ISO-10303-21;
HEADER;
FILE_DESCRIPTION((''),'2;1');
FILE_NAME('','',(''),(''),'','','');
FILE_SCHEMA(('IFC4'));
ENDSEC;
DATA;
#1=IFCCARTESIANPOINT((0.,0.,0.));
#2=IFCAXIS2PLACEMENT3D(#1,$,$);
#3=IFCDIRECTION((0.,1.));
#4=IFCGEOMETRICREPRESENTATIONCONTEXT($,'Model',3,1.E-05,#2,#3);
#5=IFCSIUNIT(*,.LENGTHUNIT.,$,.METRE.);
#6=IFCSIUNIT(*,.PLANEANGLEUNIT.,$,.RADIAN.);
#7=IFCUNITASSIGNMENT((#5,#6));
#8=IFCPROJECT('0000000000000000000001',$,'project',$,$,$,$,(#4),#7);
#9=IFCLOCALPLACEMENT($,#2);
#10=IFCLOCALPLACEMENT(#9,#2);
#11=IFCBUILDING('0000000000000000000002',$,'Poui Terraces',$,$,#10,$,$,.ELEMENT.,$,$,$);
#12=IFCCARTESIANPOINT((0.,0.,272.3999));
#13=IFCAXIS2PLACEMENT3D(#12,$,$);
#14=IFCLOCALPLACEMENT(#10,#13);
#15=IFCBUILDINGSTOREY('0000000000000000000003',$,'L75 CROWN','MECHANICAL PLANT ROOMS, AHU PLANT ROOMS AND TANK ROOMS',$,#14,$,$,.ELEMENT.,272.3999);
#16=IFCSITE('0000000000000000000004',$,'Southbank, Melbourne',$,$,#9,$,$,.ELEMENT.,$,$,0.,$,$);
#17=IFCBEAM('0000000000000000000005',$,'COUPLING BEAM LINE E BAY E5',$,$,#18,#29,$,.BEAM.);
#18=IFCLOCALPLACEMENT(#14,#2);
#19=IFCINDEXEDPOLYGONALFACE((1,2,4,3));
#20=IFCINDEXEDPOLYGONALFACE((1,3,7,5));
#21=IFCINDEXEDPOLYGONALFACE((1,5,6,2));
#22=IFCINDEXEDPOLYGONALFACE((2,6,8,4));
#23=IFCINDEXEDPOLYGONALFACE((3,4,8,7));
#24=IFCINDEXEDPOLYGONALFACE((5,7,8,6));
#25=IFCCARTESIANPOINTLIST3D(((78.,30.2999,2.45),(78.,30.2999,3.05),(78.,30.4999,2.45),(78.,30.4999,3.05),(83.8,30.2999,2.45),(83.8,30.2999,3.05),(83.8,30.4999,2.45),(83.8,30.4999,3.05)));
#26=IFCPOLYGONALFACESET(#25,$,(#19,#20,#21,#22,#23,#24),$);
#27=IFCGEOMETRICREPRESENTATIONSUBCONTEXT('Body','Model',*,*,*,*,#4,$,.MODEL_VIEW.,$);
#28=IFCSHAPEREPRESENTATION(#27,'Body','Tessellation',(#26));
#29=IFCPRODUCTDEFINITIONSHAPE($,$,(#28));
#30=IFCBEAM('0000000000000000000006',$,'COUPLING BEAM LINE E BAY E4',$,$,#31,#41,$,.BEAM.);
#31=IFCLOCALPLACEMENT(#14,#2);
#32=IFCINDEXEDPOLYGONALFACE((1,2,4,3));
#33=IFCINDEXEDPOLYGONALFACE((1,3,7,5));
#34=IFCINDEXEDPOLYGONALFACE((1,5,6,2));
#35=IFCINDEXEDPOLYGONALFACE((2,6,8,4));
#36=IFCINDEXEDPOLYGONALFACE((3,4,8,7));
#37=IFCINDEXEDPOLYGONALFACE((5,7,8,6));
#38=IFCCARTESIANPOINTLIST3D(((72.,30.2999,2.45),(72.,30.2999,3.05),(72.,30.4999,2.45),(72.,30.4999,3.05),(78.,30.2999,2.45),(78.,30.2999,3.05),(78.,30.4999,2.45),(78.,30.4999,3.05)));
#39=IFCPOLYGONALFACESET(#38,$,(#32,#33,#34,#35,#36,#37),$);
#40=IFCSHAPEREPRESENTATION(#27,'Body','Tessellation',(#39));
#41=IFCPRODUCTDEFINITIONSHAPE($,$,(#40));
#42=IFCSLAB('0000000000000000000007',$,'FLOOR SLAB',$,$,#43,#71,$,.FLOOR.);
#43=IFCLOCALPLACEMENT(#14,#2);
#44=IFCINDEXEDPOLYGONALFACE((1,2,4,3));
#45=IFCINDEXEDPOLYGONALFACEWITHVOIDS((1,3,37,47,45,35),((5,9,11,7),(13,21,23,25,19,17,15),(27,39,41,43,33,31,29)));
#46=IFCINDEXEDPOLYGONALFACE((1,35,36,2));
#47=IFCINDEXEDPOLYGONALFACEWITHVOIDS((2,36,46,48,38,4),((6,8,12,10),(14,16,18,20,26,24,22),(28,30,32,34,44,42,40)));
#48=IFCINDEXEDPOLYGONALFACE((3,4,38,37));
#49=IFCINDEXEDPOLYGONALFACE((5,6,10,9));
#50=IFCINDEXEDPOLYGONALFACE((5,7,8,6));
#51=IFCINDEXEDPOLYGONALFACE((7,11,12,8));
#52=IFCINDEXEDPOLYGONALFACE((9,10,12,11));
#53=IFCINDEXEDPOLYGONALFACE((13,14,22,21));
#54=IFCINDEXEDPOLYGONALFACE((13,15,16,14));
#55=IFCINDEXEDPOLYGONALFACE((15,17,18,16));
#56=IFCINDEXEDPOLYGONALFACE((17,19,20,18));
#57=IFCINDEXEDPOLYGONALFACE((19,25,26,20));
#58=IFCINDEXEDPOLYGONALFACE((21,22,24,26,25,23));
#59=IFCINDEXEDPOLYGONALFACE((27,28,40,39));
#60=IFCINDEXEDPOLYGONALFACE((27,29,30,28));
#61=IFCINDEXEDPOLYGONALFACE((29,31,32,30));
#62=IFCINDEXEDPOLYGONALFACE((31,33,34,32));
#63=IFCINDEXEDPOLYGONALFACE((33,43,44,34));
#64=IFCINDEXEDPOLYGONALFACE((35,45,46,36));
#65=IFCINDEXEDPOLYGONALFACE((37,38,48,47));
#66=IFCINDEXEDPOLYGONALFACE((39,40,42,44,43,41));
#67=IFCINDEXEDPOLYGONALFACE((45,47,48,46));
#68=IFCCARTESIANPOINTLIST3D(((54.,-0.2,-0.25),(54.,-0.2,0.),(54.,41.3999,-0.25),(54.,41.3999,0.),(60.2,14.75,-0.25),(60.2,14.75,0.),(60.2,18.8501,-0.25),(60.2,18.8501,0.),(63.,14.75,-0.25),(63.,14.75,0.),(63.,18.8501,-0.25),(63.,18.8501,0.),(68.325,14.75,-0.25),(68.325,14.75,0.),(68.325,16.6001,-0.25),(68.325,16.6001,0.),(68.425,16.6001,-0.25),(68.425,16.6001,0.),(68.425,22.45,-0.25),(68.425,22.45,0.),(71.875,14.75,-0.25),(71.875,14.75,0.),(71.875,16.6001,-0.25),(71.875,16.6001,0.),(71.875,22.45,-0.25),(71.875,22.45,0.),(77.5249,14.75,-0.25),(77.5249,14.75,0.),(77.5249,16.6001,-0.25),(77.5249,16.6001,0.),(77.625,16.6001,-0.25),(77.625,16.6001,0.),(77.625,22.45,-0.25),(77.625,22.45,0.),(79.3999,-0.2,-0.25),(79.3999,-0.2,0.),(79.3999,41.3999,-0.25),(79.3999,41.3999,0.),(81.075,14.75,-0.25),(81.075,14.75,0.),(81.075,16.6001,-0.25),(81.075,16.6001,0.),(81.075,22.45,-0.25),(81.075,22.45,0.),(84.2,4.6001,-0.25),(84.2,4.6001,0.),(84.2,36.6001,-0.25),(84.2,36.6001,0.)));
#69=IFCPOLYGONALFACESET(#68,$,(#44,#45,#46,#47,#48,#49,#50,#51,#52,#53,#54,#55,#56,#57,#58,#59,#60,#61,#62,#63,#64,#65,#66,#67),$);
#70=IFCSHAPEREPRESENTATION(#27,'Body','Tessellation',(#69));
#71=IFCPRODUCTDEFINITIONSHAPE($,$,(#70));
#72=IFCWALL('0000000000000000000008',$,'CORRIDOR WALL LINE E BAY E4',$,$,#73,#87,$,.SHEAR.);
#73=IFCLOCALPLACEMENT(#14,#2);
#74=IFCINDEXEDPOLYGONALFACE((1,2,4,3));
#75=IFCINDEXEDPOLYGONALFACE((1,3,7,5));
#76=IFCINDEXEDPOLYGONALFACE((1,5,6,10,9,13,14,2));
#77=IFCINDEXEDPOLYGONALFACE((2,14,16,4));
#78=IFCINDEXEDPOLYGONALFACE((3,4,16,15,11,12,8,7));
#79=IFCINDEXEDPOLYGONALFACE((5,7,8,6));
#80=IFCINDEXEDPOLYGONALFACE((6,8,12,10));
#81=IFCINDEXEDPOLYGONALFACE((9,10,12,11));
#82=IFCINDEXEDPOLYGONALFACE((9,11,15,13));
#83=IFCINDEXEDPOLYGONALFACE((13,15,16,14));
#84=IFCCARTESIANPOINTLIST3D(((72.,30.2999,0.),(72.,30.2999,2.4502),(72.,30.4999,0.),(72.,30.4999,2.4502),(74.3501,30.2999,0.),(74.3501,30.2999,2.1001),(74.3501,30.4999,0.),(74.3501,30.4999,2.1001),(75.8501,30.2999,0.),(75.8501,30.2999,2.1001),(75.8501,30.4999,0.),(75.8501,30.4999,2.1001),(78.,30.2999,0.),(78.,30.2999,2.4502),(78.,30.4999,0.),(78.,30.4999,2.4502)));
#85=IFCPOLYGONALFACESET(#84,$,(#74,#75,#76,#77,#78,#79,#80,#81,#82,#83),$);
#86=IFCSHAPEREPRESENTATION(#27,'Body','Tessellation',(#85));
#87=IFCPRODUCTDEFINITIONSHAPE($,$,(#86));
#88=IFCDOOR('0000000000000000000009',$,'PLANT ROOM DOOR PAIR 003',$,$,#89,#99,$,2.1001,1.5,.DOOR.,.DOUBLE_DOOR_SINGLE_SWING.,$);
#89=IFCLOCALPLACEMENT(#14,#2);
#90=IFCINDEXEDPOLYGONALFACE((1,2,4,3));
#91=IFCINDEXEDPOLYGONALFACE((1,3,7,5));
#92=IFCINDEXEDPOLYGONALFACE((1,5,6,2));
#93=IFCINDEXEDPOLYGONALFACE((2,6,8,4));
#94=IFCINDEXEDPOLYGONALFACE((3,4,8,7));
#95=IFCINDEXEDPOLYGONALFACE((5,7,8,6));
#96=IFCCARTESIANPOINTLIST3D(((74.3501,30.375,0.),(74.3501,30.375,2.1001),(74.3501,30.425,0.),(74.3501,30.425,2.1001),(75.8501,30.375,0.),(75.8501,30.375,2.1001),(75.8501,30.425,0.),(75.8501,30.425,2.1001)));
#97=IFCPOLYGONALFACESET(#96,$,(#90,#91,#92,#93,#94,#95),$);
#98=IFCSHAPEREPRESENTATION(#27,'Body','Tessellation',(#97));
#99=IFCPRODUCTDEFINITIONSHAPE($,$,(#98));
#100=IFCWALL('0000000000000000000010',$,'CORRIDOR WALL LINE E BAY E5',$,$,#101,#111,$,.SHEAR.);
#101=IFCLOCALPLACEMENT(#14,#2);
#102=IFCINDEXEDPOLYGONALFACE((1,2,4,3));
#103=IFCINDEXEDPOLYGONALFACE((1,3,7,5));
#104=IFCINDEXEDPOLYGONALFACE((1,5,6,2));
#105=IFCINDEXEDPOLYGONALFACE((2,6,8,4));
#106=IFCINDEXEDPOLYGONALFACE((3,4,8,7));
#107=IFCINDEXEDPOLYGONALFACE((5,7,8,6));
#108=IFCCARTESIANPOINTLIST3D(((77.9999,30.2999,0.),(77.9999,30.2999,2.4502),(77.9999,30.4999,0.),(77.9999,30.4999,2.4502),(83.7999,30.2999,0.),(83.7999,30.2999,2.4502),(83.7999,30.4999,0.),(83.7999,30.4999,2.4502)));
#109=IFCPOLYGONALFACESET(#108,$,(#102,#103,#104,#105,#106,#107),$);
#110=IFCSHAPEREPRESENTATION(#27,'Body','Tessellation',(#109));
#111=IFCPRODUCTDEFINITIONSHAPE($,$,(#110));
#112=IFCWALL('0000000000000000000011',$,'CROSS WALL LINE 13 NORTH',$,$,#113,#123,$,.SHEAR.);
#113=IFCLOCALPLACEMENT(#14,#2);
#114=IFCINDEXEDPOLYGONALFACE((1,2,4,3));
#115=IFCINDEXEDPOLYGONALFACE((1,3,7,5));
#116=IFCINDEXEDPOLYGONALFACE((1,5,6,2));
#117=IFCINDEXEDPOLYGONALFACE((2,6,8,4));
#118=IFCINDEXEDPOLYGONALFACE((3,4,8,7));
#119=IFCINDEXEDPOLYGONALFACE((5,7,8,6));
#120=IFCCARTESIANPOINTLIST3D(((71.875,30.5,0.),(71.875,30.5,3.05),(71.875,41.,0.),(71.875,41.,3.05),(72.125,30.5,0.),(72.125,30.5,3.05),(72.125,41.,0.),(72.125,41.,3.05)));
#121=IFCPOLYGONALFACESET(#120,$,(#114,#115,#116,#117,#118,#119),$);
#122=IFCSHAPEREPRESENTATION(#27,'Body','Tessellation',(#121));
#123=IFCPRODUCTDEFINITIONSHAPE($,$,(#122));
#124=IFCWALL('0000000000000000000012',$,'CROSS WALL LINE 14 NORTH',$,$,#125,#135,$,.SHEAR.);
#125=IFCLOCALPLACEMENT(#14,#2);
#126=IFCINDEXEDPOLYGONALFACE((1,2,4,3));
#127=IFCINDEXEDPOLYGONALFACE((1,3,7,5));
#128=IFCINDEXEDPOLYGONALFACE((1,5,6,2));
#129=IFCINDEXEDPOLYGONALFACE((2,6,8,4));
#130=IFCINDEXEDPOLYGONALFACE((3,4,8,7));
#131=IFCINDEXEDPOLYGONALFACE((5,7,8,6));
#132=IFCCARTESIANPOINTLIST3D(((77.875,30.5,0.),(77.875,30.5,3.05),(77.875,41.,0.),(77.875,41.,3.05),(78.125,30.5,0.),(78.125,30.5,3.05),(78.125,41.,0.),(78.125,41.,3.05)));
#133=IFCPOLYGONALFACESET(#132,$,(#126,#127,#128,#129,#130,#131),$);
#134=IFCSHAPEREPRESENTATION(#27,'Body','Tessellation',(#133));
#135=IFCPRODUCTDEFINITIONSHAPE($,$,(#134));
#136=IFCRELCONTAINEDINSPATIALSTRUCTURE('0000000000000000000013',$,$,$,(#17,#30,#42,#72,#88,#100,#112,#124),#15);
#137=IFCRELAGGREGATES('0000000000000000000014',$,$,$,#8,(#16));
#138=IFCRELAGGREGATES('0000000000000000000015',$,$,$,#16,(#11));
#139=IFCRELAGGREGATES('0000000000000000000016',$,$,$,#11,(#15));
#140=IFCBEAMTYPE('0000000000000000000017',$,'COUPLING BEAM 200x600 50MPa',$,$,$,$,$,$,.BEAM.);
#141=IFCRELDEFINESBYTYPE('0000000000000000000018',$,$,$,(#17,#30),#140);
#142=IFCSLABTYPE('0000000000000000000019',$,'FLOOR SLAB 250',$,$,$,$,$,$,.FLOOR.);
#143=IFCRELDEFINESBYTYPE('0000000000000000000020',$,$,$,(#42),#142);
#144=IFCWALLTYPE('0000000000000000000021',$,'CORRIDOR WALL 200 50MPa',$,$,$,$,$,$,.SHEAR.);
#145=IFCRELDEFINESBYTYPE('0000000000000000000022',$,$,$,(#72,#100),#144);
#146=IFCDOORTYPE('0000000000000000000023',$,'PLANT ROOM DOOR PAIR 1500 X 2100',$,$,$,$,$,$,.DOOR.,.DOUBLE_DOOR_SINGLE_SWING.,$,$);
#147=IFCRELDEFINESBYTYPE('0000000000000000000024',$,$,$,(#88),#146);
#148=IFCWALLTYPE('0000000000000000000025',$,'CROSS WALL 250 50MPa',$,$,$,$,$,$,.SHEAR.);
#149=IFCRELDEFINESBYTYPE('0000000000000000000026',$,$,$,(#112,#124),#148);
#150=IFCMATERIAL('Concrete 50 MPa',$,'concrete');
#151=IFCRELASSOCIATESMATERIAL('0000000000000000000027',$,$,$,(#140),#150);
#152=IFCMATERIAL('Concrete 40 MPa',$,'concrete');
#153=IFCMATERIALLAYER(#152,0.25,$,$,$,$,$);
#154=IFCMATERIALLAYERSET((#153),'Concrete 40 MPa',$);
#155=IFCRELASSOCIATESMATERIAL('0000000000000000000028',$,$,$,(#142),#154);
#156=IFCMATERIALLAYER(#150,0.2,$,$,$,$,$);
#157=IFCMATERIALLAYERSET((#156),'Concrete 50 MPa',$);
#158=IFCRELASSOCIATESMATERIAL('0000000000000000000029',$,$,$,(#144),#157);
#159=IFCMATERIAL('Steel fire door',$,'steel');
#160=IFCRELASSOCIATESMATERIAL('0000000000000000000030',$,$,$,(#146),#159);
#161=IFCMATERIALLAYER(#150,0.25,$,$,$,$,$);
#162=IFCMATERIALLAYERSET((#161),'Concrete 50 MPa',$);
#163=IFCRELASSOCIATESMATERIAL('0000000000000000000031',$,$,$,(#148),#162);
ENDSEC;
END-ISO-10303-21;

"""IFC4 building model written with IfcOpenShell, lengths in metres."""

from ifc_helpers import new_model, si_unit, direction, frame, frame_2d, origin, origin_2d, place, context, subcontext, project, spatial, polyline, rectangle, outline, extrude, source, transform, mapped, material, layer, layer_set, material_profile, profile_set, type_object, element, fill, save


model = new_model("IFC4")

# Units and contexts
model_context = context("Model", 3, precision=1e-05, world=origin(), true_north=direction((0.0, 1.0)))
body_context = subcontext(model_context, "Body", "Model", "MODEL_VIEW")
ifc_project = project(units=[si_unit("LENGTHUNIT", "METRE"), si_unit("PLANEANGLEUNIT", "RADIAN")], contexts=[model_context])

# Site, building, storey
site_placement = place(None, origin())
site = spatial("IfcSite", under=ifc_project, at=site_placement, Name="Southbank, Melbourne", CompositionType="ELEMENT", RefElevation=0.0)
building_placement = place(site_placement, origin())
building = spatial("IfcBuilding", under=site, at=building_placement, Name="Poui Terraces", CompositionType="ELEMENT")
storey_placement = place(building_placement, frame((0.0, 0.0, 272.3999)))
storey = spatial("IfcBuildingStorey", under=building, at=storey_placement, Name="L75 CROWN", Description="MECHANICAL PLANT ROOMS, AHU PLANT ROOMS AND TANK ROOMS", CompositionType="ELEMENT", Elevation=272.3999)

# Beams
ifc_material_1 = material(Name="Concrete 50 MPa", Category="concrete")
ifc_material_profile_1 = material_profile(ifc_material_1, rectangle(XDim=0.2, YDim=0.6001, at=origin_2d()), Name="RC 200x600")
ifc_profile_set_1 = profile_set([ifc_material_profile_1], Name="Concrete 50 MPa")
beam_type = type_object("IfcBeamType", Name="COUPLING BEAM 200x600 50MPa", PredefinedType="BEAM", material=ifc_profile_set_1)
shared_shape_1 = source(origin(), body_context, "Body", "SweptSolid", [
    extrude(rectangle(XDim=0.2, YDim=0.6001, at=origin_2d()), origin(), (0.0, 0.0, 1.0), 5.8),
])
beam_1_placement = place(storey_placement, frame((78.0, 30.3999, 2.75), z_axis=(1.0, 0.0, 0.0), x_axis=(0.0, 1.0, 0.0)))
element("IfcBeam", 1, at=beam_1_placement, inside=storey, type_object=beam_type, Name="COUPLING BEAM LINE E BAY E5", PredefinedType="BEAM", context=body_context, shape_type="MappedRepresentation", body=[
    mapped(shared_shape_1, transform((0.0, 0.0, 0.0))),
])
shared_shape_2 = source(origin(), body_context, "Body", "SweptSolid", [
    extrude(rectangle(XDim=0.2, YDim=0.6001, at=origin_2d()), origin(), (0.0, 0.0, 1.0), 6.0),
])
beam_2_placement = place(storey_placement, frame((72.0, 30.3999, 2.75), z_axis=(1.0, 0.0, 0.0), x_axis=(0.0, 1.0, 0.0)))
element("IfcBeam", 2, at=beam_2_placement, inside=storey, type_object=beam_type, Name="COUPLING BEAM LINE E BAY E4", PredefinedType="BEAM", context=body_context, shape_type="MappedRepresentation", body=[
    mapped(shared_shape_2, transform((0.0, 0.0, 0.0))),
])

# Slab
ifc_material_2 = material(Name="Concrete 40 MPa", Category="concrete")
ifc_layer_1 = layer(ifc_material_2, 0.25)
ifc_layer_set_1 = layer_set([ifc_layer_1], Name="Concrete 40 MPa")
slab_type = type_object("IfcSlabType", Name="FLOOR SLAB 250", PredefinedType="FLOOR", material=ifc_layer_set_1)
shared_shape_3 = source(origin(), body_context, "Body", "SweptSolid", [
    extrude(outline(polyline([(0.0, 0.0), (-4.8, 4.7998), (-30.2, 4.7998), (-30.2, -36.8), (-4.8, -36.8), (0.0, -32.0), (0.0, 0.0)]), holes=[polyline([(-21.2, -21.8501), (-24.0, -21.8501), (-24.0, -17.75), (-21.2, -17.75), (-21.2, -21.8501)]), polyline([(-15.7749, -20.0), (-15.7749, -14.1501), (-12.325, -14.1501), (-12.325, -20.0), (-12.325, -21.8501), (-15.875, -21.8501), (-15.875, -20.0), (-15.7749, -20.0)]), polyline([(-6.575, -20.0), (-6.575, -14.1501), (-3.125, -14.1501), (-3.125, -20.0), (-3.125, -21.8501), (-6.675, -21.8501), (-6.675, -20.0), (-6.575, -20.0)])]), origin(), (0.0, 0.0, 1.0), 0.25),
])
slab_placement = place(storey_placement, frame((84.2, 36.6001, -0.25)))
element("IfcSlab", 3, at=slab_placement, inside=storey, type_object=slab_type, Name="FLOOR SLAB", PredefinedType="FLOOR", context=body_context, shape_type="MappedRepresentation", body=[
    mapped(shared_shape_3, transform((0.0, 0.0, 0.0))),
])

# Wall, opening, door
ifc_layer_2 = layer(ifc_material_1, 0.2)
ifc_layer_set_2 = layer_set([ifc_layer_2], Name="Concrete 50 MPa")
wall_type_1 = type_object("IfcWallType", Name="CORRIDOR WALL 200 50MPa", PredefinedType="SHEAR", material=ifc_layer_set_2)
wall_1_placement = place(storey_placement, frame((72.0, 30.3999, 0.0), z_axis=(0.0, 0.0, 1.0), x_axis=(1.0, 0.0, 0.0)))
wall_1 = element("IfcWall", 4, at=wall_1_placement, inside=storey, type_object=wall_type_1, Name="CORRIDOR WALL LINE E BAY E4", PredefinedType="SHEAR", context=body_context, shape_type="SweptSolid", body=[
    extrude(rectangle(XDim=6.0, YDim=0.2, at=frame_2d((3.0, 0.0))), origin(), (0.0, 0.0, 1.0), 2.4502),
])
opening_1_placement = place(wall_1_placement, frame((2.3501, 0.0, 0.0)))
opening_1 = element("IfcOpeningElement", 5, at=opening_1_placement, cuts=wall_1, PredefinedType="OPENING", context=body_context, shape_type="SweptSolid", body=[
    extrude(rectangle(XDim=1.5, YDim=2.1001, at=frame_2d((0.75, 1.05))), frame((0.0, 0.1099, 0.0), z_axis=(0.0, -1.0, 0.0), x_axis=(1.0, 0.0, 0.0)), (0.0, 0.0, 1.0), 0.22),
])
ifc_material_3 = material(Name="Steel fire door", Category="steel")
door_type = type_object("IfcDoorType", Name="PLANT ROOM DOOR PAIR 1500 X 2100", OperationType="DOUBLE_DOOR_SINGLE_SWING", PredefinedType="DOOR", material=ifc_material_3)
door_placement = place(opening_1_placement, frame((1.5, 0.0, 0.0), z_axis=(0.0, 0.0, 1.0), x_axis=(-1.0, 0.0, 0.0)))
door = element("IfcDoor", 6, at=door_placement, inside=storey, type_object=door_type, Name="PLANT ROOM DOOR PAIR 003", OperationType="DOUBLE_DOOR_SINGLE_SWING", OverallHeight=2.1001, OverallWidth=1.5, PredefinedType="DOOR", context=body_context, shape_type="SweptSolid", body=[
    extrude(rectangle(XDim=1.5, YDim=2.1001, at=frame_2d((0.75, 1.05))), frame((0.0, 0.0249, 0.0), z_axis=(0.0, -1.0, 0.0), x_axis=(1.0, 0.0, 0.0)), (0.0, 0.0, 1.0), 0.05),
])
fill(opening_1, door)

# Walls
wall_2_placement = place(storey_placement, frame((78.0, 30.3999, 0.0), z_axis=(0.0, 0.0, 1.0), x_axis=(1.0, 0.0, 0.0)))
element("IfcWall", 7, at=wall_2_placement, inside=storey, type_object=wall_type_1, Name="CORRIDOR WALL LINE E BAY E5", PredefinedType="SHEAR", context=body_context, shape_type="SweptSolid", body=[
    extrude(rectangle(XDim=5.8, YDim=0.2, at=frame_2d((2.8999, 0.0))), origin(), (0.0, 0.0, 1.0), 2.4502),
])
ifc_layer_3 = layer(ifc_material_1, 0.25)
ifc_layer_set_3 = layer_set([ifc_layer_3], Name="Concrete 50 MPa")
wall_type_2 = type_object("IfcWallType", Name="CROSS WALL 250 50MPa", PredefinedType="SHEAR", material=ifc_layer_set_3)
for number, where, z_axis, x_axis, name in (
    (8, (72.0, 30.5, 0.0), (0.0, 0.0, 1.0), (0.0, 1.0, 0.0), "CROSS WALL LINE 13 NORTH"),
    (9, (78.0, 30.5, 0.0), (0.0, 0.0, 1.0), (0.0, 1.0, 0.0), "CROSS WALL LINE 14 NORTH"),
):
    element("IfcWall", number, at=place(storey_placement, frame(where, z_axis=z_axis, x_axis=x_axis)), inside=storey, type_object=wall_type_2, Name=name, PredefinedType="SHEAR", context=body_context, shape_type="SweptSolid", body=[
        extrude(rectangle(XDim=10.5, YDim=0.25, at=frame_2d((5.25, 0.0))), origin(), (0.0, 0.0, 1.0), 3.05),
    ])

save(model, "model.ifc")
